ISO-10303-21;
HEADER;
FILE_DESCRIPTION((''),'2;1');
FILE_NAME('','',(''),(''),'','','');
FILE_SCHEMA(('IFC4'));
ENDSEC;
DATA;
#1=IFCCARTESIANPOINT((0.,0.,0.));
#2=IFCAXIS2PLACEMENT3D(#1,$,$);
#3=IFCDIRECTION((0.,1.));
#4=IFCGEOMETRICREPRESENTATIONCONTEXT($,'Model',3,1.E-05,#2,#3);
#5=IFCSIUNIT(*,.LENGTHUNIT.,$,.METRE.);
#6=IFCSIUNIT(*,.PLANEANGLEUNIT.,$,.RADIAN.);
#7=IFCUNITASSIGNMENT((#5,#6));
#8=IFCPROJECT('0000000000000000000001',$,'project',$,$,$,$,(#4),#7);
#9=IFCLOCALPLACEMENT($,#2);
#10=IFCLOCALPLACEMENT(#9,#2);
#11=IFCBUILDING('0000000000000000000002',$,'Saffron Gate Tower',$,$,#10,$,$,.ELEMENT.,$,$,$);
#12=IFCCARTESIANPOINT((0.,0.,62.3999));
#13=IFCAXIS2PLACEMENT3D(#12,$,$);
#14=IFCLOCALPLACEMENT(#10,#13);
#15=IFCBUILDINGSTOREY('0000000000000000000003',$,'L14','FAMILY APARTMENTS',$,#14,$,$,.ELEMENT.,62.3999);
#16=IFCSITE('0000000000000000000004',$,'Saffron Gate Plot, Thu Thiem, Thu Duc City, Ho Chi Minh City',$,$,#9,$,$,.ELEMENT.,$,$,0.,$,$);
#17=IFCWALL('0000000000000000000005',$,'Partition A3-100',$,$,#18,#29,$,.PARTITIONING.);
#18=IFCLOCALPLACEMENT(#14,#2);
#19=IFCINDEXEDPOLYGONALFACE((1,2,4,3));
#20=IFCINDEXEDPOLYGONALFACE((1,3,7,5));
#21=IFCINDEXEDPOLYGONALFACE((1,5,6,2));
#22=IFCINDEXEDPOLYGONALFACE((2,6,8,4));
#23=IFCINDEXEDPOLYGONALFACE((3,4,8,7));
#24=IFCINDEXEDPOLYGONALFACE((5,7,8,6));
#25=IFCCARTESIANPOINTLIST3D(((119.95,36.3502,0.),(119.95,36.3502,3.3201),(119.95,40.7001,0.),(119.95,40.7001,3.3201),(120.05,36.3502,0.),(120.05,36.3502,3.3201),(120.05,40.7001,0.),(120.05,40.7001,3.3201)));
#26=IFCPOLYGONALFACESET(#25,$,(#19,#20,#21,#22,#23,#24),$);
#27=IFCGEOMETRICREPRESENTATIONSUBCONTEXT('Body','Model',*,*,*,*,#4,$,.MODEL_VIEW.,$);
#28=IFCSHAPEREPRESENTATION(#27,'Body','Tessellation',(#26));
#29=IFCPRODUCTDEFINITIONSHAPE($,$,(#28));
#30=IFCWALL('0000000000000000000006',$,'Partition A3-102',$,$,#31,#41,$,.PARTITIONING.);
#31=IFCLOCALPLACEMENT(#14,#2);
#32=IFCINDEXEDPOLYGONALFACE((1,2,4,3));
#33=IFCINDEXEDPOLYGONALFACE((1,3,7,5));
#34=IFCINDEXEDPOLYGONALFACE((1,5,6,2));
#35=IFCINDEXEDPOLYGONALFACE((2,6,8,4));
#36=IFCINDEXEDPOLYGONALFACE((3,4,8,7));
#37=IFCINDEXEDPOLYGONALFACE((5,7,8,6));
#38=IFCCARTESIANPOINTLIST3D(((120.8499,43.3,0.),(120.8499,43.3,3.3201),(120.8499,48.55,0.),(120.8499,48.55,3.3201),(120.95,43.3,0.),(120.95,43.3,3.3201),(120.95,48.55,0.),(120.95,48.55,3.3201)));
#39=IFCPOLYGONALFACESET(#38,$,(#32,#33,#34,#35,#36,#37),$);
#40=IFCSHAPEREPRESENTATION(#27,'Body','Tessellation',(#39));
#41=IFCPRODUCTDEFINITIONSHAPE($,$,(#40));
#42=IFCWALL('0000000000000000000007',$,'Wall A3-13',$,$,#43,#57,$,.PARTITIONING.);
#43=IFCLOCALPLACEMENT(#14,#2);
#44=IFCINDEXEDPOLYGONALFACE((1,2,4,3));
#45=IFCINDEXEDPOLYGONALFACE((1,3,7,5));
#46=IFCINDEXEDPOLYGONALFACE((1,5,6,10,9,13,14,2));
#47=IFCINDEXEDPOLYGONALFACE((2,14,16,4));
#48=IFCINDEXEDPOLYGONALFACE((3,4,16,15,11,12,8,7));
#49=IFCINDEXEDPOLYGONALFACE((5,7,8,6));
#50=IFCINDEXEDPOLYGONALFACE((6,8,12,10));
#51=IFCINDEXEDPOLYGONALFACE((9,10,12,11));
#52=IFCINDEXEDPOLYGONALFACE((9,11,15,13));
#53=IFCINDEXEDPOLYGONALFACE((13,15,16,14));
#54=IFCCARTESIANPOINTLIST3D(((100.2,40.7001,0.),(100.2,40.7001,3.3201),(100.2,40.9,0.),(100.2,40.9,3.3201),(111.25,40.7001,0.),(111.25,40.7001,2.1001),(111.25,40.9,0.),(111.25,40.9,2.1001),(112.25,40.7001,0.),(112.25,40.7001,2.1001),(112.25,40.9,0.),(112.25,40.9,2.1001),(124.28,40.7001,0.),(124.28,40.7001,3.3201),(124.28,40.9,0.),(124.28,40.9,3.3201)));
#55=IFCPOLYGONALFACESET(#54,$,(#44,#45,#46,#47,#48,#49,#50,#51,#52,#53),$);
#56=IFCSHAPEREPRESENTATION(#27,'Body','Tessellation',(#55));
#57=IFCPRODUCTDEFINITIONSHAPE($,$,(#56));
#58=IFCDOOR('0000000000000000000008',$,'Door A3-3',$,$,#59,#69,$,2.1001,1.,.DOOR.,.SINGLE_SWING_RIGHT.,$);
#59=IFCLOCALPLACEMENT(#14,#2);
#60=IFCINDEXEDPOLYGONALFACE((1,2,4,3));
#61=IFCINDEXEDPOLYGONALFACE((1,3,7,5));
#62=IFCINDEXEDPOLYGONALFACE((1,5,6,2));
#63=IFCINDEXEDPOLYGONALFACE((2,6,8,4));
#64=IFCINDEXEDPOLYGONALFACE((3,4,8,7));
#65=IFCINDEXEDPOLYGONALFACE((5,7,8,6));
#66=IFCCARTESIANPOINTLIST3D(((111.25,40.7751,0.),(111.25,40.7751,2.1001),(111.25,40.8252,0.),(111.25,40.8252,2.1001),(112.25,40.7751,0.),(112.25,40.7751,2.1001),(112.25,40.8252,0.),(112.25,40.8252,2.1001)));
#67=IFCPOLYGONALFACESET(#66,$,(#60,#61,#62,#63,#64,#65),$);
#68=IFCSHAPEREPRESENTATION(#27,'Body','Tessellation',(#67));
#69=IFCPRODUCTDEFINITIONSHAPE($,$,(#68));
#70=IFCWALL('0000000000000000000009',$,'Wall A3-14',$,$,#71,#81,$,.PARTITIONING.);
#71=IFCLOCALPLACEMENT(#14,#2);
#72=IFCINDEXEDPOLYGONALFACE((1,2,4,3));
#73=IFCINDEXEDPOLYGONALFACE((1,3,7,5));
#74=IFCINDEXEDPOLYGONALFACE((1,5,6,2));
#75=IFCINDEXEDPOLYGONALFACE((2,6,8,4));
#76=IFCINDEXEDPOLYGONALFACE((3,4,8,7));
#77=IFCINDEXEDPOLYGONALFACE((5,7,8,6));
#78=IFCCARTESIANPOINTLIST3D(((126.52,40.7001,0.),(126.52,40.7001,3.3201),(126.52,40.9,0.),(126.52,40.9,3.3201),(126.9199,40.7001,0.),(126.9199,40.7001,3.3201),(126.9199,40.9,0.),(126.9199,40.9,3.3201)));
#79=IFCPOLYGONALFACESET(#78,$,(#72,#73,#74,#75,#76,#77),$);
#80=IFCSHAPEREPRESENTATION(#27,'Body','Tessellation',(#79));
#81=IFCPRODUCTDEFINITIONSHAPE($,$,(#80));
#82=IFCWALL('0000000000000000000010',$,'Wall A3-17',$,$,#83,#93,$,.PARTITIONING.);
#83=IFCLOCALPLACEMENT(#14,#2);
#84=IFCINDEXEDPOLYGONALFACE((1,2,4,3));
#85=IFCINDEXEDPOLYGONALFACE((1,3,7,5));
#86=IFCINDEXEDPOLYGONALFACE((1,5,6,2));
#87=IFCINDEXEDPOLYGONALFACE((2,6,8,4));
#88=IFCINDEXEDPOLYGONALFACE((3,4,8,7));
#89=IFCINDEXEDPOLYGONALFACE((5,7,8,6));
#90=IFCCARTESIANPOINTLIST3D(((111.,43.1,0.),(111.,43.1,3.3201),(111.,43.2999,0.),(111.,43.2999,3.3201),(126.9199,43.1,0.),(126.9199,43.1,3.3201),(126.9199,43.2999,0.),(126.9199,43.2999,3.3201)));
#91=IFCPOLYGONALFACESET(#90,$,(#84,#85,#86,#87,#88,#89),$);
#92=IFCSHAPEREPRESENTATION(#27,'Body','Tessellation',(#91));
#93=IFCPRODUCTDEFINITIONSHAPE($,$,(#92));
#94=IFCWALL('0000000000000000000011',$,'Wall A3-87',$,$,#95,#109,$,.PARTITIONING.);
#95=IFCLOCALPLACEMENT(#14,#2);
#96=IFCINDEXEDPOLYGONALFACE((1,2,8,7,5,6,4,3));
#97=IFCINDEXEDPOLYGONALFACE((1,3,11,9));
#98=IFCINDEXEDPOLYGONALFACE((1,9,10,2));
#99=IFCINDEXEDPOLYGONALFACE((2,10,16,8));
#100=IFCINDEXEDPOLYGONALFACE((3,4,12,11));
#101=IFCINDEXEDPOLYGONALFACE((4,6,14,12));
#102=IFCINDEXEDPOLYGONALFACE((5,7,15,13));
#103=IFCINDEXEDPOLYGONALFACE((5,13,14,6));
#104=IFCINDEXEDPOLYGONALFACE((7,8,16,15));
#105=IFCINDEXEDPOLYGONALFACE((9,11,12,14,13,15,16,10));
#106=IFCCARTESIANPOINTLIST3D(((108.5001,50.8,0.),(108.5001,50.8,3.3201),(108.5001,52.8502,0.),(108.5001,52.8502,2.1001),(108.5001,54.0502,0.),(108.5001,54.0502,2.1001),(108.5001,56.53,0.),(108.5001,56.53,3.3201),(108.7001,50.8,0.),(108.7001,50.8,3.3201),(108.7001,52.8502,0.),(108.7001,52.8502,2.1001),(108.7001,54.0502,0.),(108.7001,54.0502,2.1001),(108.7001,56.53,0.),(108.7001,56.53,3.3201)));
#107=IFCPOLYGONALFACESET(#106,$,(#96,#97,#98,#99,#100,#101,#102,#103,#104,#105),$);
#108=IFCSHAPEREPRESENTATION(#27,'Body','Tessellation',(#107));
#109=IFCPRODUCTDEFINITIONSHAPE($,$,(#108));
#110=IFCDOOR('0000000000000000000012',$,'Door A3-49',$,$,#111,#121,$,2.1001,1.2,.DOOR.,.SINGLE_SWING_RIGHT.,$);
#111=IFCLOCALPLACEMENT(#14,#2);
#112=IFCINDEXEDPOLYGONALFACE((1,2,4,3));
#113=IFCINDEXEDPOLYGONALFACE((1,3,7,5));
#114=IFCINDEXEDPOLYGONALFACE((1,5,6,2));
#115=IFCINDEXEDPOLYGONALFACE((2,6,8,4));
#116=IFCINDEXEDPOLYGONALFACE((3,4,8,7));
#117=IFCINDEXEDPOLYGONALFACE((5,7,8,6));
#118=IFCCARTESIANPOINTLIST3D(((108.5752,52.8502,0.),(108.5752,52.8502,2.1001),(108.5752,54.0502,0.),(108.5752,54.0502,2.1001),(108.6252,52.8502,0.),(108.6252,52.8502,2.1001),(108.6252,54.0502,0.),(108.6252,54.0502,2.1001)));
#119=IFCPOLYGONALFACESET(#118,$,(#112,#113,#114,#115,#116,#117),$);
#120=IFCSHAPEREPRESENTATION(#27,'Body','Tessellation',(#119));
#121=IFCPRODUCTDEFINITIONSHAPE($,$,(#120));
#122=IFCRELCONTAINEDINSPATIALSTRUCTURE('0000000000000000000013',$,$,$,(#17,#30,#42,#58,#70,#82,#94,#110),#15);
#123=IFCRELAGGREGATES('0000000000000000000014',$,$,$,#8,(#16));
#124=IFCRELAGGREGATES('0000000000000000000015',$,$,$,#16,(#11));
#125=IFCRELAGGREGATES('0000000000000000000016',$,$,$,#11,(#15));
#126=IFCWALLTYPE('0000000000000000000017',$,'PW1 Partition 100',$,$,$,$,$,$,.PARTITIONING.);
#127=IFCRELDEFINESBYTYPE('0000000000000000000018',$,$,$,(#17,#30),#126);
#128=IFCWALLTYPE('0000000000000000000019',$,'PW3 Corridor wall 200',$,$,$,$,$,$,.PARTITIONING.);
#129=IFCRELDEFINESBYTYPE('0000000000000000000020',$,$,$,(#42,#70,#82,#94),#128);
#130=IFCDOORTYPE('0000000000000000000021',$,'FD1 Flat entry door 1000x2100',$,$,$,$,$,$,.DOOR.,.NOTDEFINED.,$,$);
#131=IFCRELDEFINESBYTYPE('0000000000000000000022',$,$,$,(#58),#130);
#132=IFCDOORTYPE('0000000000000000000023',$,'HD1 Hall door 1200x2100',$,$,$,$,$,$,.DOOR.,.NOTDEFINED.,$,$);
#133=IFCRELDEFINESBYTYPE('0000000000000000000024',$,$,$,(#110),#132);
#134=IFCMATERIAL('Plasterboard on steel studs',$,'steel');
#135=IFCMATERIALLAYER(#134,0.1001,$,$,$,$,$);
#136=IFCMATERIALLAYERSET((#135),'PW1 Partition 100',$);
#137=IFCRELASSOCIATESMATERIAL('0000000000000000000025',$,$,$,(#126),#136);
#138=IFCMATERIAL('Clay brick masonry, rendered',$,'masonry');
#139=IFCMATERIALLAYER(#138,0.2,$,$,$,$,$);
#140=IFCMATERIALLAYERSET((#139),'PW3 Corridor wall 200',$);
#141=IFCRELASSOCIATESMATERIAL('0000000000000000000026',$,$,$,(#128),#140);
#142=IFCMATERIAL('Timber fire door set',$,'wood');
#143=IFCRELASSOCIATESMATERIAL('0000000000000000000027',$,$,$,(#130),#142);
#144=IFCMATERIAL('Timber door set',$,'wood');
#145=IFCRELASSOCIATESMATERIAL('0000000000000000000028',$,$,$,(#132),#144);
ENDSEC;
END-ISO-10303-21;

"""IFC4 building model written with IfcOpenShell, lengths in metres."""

from ifc_helpers import new_model, si_unit, direction, frame, frame_2d, origin, place, context, subcontext, project, spatial, rectangle, extrude, material, layer, layer_set, type_object, element, fill, save


model = new_model("IFC4")

# Units and contexts
model_context = context("Model", 3, precision=1e-05, world=origin(), true_north=direction((0.0, 1.0)))
body_context = subcontext(model_context, "Body", "Model", "MODEL_VIEW")
ifc_project = project(units=[si_unit("LENGTHUNIT", "METRE"), si_unit("PLANEANGLEUNIT", "RADIAN")], contexts=[model_context])

# Site, building, storey
site_placement = place(None, origin())
site = spatial("IfcSite", under=ifc_project, at=site_placement, Name="Saffron Gate Plot, Thu Thiem, Thu Duc City, Ho Chi Minh City", CompositionType="ELEMENT", RefElevation=0.0)
building_placement = place(site_placement, origin())
building = spatial("IfcBuilding", under=site, at=building_placement, Name="Saffron Gate Tower", CompositionType="ELEMENT")
storey_placement = place(building_placement, frame((0.0, 0.0, 62.3999)))
storey = spatial("IfcBuildingStorey", under=building, at=storey_placement, Name="L14", Description="FAMILY APARTMENTS", CompositionType="ELEMENT", Elevation=62.3999)

# Shared definitions
ifc_material_1 = material(Name="Plasterboard on steel studs", Category="steel")
ifc_layer_1 = layer(ifc_material_1, 0.1001)
ifc_layer_set_1 = layer_set([ifc_layer_1], Name="PW1 Partition 100")
wall_type_1 = type_object("IfcWallType", Name="PW1 Partition 100", PredefinedType="PARTITIONING", material=ifc_layer_set_1)

# Shared definitions
ifc_material_2 = material(Name="Timber door set", Category="wood")

# Walls
wall_1_placement = place(storey_placement, frame((120.0, 40.7, 0.0), z_axis=(0.0, 0.0, 1.0), x_axis=(0.0, -1.0, 0.0)))
element("IfcWall", 1, at=wall_1_placement, inside=storey, type_object=wall_type_1, Name="Partition A3-100", PredefinedType="PARTITIONING", context=body_context, shape_type="SweptSolid", body=[
    extrude(rectangle(XDim=4.3499, YDim=0.1001, at=frame_2d((2.1748, 0.0))), origin(), (0.0, 0.0, 1.0), 3.3201),
])
wall_2_placement = place(storey_placement, frame((120.8999, 48.55, 0.0), z_axis=(0.0, 0.0, 1.0), x_axis=(0.0, -1.0, 0.0)))
element("IfcWall", 2, at=wall_2_placement, inside=storey, type_object=wall_type_1, Name="Partition A3-102", PredefinedType="PARTITIONING", context=body_context, shape_type="SweptSolid", body=[
    extrude(rectangle(XDim=5.25, YDim=0.1001, at=frame_2d((2.625, 0.0))), origin(), (0.0, 0.0, 1.0), 3.3201),
])

# Wall, opening, door
ifc_material_3 = material(Name="Clay brick masonry, rendered", Category="masonry")
ifc_layer_2 = layer(ifc_material_3, 0.2)
ifc_layer_set_2 = layer_set([ifc_layer_2], Name="PW3 Corridor wall 200")
wall_type_2 = type_object("IfcWallType", Name="PW3 Corridor wall 200", PredefinedType="PARTITIONING", material=ifc_layer_set_2)
wall_3_placement = place(storey_placement, frame((124.28, 40.8, 0.0), z_axis=(0.0, 0.0, 1.0), x_axis=(-1.0, 0.0, 0.0)))
wall_3 = element("IfcWall", 3, at=wall_3_placement, inside=storey, type_object=wall_type_2, Name="Wall A3-13", PredefinedType="PARTITIONING", context=body_context, shape_type="SweptSolid", body=[
    extrude(rectangle(XDim=24.0801, YDim=0.2, at=frame_2d((12.04, 0.0))), origin(), (0.0, 0.0, 1.0), 3.3201),
])
opening_1_placement = place(wall_3_placement, frame((12.03, 0.0, 0.0)))
opening_1 = element("IfcOpeningElement", 4, at=opening_1_placement, cuts=wall_3, PredefinedType="OPENING", context=body_context, shape_type="SweptSolid", body=[
    extrude(rectangle(XDim=1.0, YDim=2.1001, at=frame_2d((0.5, 1.05))), frame((0.0, 0.1099, 0.0), z_axis=(0.0, -1.0, 0.0), x_axis=(1.0, 0.0, 0.0)), (0.0, 0.0, 1.0), 0.22),
])
ifc_material_4 = material(Name="Timber fire door set", Category="wood")
door_type_1 = type_object("IfcDoorType", Name="FD1 Flat entry door 1000x2100", OperationType="NOTDEFINED", PredefinedType="DOOR", material=ifc_material_4)
door_1_placement = place(opening_1_placement, origin())
door_1 = element("IfcDoor", 5, at=door_1_placement, inside=storey, type_object=door_type_1, Name="Door A3-3", OperationType="SINGLE_SWING_RIGHT", OverallHeight=2.1001, OverallWidth=1.0, PredefinedType="DOOR", context=body_context, shape_type="SweptSolid", body=[
    extrude(rectangle(XDim=1.0, YDim=2.1001, at=frame_2d((0.5, 1.05))), frame((0.0, 0.0249, 0.0), z_axis=(0.0, -1.0, 0.0), x_axis=(1.0, 0.0, 0.0)), (0.0, 0.0, 1.0), 0.05),
])
fill(opening_1, door_1)

# Walls
wall_4_placement = place(storey_placement, frame((126.52, 40.8, 0.0), z_axis=(0.0, 0.0, 1.0), x_axis=(1.0, 0.0, 0.0)))
element("IfcWall", 6, at=wall_4_placement, inside=storey, type_object=wall_type_2, Name="Wall A3-14", PredefinedType="PARTITIONING", context=body_context, shape_type="SweptSolid", body=[
    extrude(rectangle(XDim=0.3999, YDim=0.2, at=frame_2d((0.2, 0.0))), origin(), (0.0, 0.0, 1.0), 3.3201),
])
wall_5_placement = place(storey_placement, frame((111.0, 43.2, 0.0), z_axis=(0.0, 0.0, 1.0), x_axis=(1.0, 0.0, 0.0)))
element("IfcWall", 7, at=wall_5_placement, inside=storey, type_object=wall_type_2, Name="Wall A3-17", PredefinedType="PARTITIONING", context=body_context, shape_type="SweptSolid", body=[
    extrude(rectangle(XDim=15.9199, YDim=0.2, at=frame_2d((7.96, 0.0))), origin(), (0.0, 0.0, 1.0), 3.3201),
])

# Wall, opening, door
wall_6_placement = place(storey_placement, frame((108.6001, 50.8, 0.0), z_axis=(0.0, 0.0, 1.0), x_axis=(0.0, 1.0, 0.0)))
wall_6 = element("IfcWall", 8, at=wall_6_placement, inside=storey, type_object=wall_type_2, Name="Wall A3-87", PredefinedType="PARTITIONING", context=body_context, shape_type="SweptSolid", body=[
    extrude(rectangle(XDim=5.73, YDim=0.2, at=frame_2d((2.865, 0.0))), origin(), (0.0, 0.0, 1.0), 3.3201),
])
opening_2_placement = place(wall_6_placement, frame((2.05, 0.0, 0.0)))
opening_2 = element("IfcOpeningElement", 9, at=opening_2_placement, cuts=wall_6, PredefinedType="OPENING", context=body_context, shape_type="SweptSolid", body=[
    extrude(rectangle(XDim=1.2, YDim=2.1001, at=frame_2d((0.6001, 1.05))), frame((0.0, 0.1099, 0.0), z_axis=(0.0, -1.0, 0.0), x_axis=(1.0, 0.0, 0.0)), (0.0, 0.0, 1.0), 0.22),
])
door_type_2 = type_object("IfcDoorType", Name="HD1 Hall door 1200x2100", OperationType="NOTDEFINED", PredefinedType="DOOR", material=ifc_material_2)
door_2_placement = place(opening_2_placement, origin())
door_2 = element("IfcDoor", 10, at=door_2_placement, inside=storey, type_object=door_type_2, Name="Door A3-49", OperationType="SINGLE_SWING_RIGHT", OverallHeight=2.1001, OverallWidth=1.2, PredefinedType="DOOR", context=body_context, shape_type="SweptSolid", body=[
    extrude(rectangle(XDim=1.2, YDim=2.1001, at=frame_2d((0.6001, 1.05))), frame((0.0, 0.0249, 0.0), z_axis=(0.0, -1.0, 0.0), x_axis=(1.0, 0.0, 0.0)), (0.0, 0.0, 1.0), 0.05),
])
fill(opening_2, door_2)

save(model, "model.ifc")
